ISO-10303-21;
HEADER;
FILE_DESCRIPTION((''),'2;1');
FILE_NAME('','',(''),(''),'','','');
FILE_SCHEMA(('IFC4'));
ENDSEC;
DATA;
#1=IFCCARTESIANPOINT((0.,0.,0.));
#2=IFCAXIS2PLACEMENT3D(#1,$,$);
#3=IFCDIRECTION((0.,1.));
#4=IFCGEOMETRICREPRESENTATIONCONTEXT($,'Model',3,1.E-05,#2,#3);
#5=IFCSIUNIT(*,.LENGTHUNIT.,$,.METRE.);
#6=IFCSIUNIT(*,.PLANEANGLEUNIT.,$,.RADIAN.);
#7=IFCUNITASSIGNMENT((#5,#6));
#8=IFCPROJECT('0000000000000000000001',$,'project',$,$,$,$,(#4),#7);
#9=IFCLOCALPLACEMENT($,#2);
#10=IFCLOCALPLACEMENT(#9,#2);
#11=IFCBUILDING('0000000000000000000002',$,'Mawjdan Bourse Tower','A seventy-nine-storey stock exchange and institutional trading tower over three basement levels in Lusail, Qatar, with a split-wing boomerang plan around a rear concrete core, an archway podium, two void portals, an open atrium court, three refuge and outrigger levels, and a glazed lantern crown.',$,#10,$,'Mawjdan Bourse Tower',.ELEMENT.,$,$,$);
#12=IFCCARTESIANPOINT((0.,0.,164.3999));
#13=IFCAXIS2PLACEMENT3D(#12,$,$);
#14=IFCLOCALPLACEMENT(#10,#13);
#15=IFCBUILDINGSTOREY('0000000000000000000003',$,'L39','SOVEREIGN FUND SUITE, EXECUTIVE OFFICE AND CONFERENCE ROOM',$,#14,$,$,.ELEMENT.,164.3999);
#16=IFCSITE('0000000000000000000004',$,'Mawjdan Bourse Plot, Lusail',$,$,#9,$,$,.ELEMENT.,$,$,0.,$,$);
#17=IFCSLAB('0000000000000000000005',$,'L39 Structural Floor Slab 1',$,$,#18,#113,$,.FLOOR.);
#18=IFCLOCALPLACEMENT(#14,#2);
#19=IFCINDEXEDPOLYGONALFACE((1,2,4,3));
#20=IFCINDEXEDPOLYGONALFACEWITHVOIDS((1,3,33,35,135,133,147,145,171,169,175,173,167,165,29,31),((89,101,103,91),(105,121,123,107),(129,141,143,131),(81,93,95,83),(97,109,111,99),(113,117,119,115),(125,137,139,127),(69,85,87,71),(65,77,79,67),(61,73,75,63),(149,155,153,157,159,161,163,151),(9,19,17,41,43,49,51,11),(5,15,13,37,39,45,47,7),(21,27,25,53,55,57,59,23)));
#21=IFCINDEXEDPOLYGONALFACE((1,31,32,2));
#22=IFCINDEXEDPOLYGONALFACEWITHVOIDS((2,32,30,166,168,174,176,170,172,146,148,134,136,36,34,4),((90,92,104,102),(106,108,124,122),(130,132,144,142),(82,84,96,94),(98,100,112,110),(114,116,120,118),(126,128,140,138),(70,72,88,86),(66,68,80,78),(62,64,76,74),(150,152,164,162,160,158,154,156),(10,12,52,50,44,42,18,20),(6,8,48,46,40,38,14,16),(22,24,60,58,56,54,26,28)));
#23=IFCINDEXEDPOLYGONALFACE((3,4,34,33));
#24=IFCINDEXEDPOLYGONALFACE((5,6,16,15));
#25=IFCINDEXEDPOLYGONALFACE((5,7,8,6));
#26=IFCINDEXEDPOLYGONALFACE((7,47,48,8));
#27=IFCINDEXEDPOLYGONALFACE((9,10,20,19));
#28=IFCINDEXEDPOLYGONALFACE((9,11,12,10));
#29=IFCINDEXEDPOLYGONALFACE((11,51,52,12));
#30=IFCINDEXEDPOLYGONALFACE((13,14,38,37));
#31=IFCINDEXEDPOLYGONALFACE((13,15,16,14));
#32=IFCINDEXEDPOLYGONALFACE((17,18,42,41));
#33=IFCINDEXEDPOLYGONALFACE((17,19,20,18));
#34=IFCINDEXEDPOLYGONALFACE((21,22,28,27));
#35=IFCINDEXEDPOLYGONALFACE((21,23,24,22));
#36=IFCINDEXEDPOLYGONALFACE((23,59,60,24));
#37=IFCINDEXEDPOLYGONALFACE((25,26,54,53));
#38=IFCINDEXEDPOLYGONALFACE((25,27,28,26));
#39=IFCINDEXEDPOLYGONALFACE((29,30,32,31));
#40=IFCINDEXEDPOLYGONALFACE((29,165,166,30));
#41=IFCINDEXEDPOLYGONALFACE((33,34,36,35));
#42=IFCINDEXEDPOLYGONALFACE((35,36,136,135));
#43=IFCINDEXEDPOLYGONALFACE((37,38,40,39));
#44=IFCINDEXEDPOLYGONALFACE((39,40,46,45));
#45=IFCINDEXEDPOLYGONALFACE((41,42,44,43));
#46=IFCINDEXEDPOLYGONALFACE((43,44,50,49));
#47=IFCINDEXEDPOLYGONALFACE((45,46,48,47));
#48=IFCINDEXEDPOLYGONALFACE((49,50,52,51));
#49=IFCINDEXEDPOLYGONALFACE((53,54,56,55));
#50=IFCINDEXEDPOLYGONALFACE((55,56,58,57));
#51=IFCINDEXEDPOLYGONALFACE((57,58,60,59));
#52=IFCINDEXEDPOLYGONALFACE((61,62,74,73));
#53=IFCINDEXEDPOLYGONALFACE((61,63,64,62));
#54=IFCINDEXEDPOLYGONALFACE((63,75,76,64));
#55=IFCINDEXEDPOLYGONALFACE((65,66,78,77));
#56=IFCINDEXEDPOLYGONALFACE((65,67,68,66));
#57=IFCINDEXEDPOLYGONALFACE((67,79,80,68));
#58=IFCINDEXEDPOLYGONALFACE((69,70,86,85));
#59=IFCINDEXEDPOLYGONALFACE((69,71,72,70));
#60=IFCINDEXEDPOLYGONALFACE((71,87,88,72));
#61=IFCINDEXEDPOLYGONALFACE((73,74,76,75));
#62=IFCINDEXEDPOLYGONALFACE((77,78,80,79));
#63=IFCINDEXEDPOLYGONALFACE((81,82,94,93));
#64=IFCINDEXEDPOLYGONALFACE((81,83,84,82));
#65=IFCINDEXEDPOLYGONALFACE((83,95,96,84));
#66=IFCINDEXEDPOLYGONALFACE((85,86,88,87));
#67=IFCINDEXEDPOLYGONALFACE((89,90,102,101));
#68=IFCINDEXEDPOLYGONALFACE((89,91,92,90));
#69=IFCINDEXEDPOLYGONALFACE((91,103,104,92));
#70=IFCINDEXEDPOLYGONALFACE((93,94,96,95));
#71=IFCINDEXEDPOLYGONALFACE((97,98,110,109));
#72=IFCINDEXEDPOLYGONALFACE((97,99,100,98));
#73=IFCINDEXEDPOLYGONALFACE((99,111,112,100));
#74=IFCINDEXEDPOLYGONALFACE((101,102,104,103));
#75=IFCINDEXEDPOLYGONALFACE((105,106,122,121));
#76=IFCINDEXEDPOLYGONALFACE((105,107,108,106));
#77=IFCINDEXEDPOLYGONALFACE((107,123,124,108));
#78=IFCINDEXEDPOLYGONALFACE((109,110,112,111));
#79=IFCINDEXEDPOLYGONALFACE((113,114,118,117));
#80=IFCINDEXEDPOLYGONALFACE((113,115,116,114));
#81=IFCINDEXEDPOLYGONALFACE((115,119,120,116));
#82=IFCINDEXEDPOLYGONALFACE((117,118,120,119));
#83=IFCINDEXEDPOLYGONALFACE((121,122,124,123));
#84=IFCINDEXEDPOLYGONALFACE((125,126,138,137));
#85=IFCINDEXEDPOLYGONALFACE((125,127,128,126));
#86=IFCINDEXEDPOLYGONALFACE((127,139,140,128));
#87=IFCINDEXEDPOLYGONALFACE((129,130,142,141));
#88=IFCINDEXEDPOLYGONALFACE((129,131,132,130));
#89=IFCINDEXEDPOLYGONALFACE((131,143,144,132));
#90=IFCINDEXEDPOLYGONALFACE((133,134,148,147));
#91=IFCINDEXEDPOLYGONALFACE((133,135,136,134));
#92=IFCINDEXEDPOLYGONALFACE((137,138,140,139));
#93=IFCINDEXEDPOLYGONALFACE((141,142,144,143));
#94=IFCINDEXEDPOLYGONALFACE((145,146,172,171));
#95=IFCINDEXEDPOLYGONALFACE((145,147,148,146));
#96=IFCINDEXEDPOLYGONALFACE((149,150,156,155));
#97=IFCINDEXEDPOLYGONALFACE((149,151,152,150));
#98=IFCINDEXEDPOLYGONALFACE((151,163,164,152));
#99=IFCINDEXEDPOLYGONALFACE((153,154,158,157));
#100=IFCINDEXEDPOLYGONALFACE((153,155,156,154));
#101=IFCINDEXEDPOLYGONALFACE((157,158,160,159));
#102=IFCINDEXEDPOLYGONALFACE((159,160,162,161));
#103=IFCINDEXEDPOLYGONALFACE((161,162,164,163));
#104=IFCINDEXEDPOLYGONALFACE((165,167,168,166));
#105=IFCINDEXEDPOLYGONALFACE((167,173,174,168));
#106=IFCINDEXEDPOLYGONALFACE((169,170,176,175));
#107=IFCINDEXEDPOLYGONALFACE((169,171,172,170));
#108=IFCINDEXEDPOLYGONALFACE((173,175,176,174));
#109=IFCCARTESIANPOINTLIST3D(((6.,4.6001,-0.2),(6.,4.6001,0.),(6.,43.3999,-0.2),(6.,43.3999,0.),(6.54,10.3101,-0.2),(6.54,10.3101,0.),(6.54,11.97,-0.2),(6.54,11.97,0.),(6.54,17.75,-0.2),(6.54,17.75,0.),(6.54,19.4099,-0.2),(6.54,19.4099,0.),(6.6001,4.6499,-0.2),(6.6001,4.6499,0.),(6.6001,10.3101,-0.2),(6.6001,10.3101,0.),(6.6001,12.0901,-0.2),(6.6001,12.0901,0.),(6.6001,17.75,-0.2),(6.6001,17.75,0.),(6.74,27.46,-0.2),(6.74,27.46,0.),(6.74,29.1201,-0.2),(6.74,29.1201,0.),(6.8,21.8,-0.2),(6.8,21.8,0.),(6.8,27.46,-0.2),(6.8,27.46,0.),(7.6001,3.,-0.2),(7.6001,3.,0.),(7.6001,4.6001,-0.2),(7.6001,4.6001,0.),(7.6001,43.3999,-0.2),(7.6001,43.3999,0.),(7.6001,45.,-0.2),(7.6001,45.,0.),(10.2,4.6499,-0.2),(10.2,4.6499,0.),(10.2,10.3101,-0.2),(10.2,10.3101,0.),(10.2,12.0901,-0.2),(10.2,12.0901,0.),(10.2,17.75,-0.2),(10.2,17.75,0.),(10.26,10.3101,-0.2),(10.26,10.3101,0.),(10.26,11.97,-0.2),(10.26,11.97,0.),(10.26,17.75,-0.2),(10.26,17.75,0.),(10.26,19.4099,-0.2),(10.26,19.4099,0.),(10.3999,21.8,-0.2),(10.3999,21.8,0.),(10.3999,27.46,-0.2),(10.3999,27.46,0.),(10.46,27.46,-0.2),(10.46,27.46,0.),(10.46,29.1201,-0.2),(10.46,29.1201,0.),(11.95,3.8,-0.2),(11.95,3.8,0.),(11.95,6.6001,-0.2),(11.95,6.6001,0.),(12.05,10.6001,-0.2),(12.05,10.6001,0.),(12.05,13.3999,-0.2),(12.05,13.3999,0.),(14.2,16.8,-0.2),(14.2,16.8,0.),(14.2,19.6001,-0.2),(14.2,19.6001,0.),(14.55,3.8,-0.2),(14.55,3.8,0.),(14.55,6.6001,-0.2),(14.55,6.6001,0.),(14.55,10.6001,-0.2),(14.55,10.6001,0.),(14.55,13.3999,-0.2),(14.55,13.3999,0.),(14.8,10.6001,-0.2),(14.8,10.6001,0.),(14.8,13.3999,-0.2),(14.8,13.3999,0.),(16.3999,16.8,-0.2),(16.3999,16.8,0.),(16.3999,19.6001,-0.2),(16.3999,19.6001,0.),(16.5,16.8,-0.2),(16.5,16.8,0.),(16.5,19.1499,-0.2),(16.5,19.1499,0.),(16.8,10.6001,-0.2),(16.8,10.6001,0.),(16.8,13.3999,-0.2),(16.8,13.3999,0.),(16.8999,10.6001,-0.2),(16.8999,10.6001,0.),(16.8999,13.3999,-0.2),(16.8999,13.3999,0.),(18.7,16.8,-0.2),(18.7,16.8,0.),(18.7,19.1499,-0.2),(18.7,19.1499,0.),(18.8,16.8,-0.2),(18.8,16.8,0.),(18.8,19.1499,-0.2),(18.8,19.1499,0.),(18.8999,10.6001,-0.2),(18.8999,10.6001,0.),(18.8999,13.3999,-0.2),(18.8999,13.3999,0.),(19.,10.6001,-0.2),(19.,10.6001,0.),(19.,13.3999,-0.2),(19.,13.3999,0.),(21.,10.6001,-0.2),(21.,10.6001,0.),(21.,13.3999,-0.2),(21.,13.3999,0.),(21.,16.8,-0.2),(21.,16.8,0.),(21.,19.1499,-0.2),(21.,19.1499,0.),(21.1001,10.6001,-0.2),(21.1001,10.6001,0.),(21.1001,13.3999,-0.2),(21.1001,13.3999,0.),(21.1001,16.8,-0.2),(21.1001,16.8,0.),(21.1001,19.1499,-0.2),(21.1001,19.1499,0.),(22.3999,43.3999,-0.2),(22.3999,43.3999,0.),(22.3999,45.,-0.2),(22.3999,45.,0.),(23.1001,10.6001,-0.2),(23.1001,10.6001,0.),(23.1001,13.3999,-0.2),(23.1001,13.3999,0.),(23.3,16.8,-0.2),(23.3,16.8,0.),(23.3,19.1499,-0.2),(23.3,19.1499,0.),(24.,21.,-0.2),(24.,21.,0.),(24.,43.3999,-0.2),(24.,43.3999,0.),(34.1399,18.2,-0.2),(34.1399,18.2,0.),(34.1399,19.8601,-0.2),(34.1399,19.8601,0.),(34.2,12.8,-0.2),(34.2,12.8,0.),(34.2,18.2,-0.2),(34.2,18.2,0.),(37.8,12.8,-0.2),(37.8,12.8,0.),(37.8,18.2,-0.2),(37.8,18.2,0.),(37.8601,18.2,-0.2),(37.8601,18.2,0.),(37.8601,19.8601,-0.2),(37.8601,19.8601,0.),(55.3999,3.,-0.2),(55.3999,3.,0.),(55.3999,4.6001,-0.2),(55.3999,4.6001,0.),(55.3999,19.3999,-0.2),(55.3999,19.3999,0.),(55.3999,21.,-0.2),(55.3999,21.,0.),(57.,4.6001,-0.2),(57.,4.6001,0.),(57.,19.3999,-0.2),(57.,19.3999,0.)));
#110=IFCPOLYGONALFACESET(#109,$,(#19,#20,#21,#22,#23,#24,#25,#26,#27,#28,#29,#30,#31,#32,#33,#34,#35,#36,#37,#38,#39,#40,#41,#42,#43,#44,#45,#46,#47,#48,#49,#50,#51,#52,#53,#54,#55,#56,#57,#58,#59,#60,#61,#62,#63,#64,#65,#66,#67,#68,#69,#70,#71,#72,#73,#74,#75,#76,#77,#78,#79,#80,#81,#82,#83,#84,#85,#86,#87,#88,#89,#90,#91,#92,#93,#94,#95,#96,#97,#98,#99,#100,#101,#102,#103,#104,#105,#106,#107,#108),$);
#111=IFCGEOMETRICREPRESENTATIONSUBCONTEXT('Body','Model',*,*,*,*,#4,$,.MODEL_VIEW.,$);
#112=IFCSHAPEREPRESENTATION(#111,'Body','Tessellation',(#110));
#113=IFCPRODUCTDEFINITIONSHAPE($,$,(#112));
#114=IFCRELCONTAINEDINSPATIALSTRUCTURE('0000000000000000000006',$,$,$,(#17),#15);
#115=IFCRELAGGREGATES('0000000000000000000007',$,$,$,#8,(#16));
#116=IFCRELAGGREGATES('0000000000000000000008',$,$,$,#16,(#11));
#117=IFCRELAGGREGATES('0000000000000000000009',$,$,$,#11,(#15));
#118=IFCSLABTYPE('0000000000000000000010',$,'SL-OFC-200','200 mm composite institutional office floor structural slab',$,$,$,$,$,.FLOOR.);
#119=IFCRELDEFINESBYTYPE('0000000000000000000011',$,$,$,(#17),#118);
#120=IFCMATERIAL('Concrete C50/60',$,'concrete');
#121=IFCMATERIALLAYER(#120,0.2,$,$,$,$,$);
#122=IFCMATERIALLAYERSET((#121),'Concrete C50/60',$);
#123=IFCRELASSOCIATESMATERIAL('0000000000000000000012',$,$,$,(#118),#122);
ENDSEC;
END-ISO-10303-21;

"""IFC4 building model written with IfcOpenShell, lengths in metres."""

from ifc_helpers import new_model, si_unit, direction, frame, origin, place, context, subcontext, project, spatial, polyline, outline, extrude, material, layer, layer_set, type_object, element, save


model = new_model("IFC4")

# Units and contexts
model_context = context("Model", 3, precision=1e-05, world=origin(), true_north=direction((0.0, 1.0)))
body_context = subcontext(model_context, "Body", "Model", "MODEL_VIEW")
ifc_project = project(units=[si_unit("LENGTHUNIT", "METRE"), si_unit("PLANEANGLEUNIT", "RADIAN")], contexts=[model_context])

# Site, building, storey
site_placement = place(None, origin())
site = spatial("IfcSite", under=ifc_project, at=site_placement, Name="Mawjdan Bourse Plot, Lusail", CompositionType="ELEMENT", RefElevation=0.0)
building_placement = place(site_placement, origin())
building = spatial("IfcBuilding", under=site, at=building_placement, Name="Mawjdan Bourse Tower", Description="A seventy-nine-storey stock exchange and institutional trading tower over three basement levels in Lusail, Qatar, with a split-wing boomerang plan around a rear concrete core, an archway podium, two void portals, an open atrium court, three refuge and outrigger levels, and a glazed lantern crown.", LongName="Mawjdan Bourse Tower", CompositionType="ELEMENT")
storey_placement = place(building_placement, frame((0.0, 0.0, 164.3999)))
storey = spatial("IfcBuildingStorey", under=building, at=storey_placement, Name="L39", Description="SOVEREIGN FUND SUITE, EXECUTIVE OFFICE AND CONFERENCE ROOM", CompositionType="ELEMENT", Elevation=164.3999)

# Shared definitions
ifc_material_1 = material(Name="Concrete C50/60", Category="concrete")

# Slab
ifc_layer_1 = layer(ifc_material_1, 0.2)
ifc_layer_set_1 = layer_set([ifc_layer_1], Name="Concrete C50/60")
slab_type_1 = type_object("IfcSlabType", Name="SL-OFC-200", Description="200 mm composite institutional office floor structural slab", PredefinedType="FLOOR", material=ifc_layer_set_1)
slab_1_placement = place(storey_placement, frame((0.0, 0.0, -0.2)))
element("IfcSlab", 1, at=slab_1_placement, inside=storey, type_object=slab_type_1, Name="L39 Structural Floor Slab 1", PredefinedType="FLOOR", context=body_context, shape_type="SweptSolid", body=[
    extrude(outline(polyline([(7.6001, 3.0), (55.3999, 3.0), (55.3999, 4.6001), (57.0, 4.6001), (57.0, 19.3999), (55.3999, 19.3999), (55.3999, 21.0), (24.0, 21.0), (24.0, 43.3999), (22.3999, 43.3999), (22.3999, 45.0), (7.6001, 45.0), (7.6001, 43.3999), (6.0, 43.3999), (6.0, 4.6001), (7.6001, 4.6001), (7.6001, 3.0)]), holes=[polyline([(11.95, 3.8), (11.95, 6.6001), (14.55, 6.6001), (14.55, 3.8), (11.95, 3.8)]), polyline([(6.6001, 10.3101), (6.54, 10.3101), (6.54, 11.97), (10.26, 11.97), (10.26, 10.3101), (10.2, 10.3101), (10.2, 4.6499), (6.6001, 4.6499), (6.6001, 10.3101)]), polyline([(12.05, 10.6001), (12.05, 13.3999), (14.55, 13.3999), (14.55, 10.6001), (12.05, 10.6001)]), polyline([(6.6001, 17.75), (6.54, 17.75), (6.54, 19.4099), (10.26, 19.4099), (10.26, 17.75), (10.2, 17.75), (10.2, 12.0901), (6.6001, 12.0901), (6.6001, 17.75)]), polyline([(14.2, 16.8), (14.2, 19.6001), (16.3999, 19.6001), (16.3999, 16.8), (14.2, 16.8)]), polyline([(10.46, 27.46), (10.3999, 27.46), (10.3999, 21.8), (6.8, 21.8), (6.8, 27.46), (6.74, 27.46), (6.74, 29.1201), (10.46, 29.1201), (10.46, 27.46)]), polyline([(14.8, 10.6001), (14.8, 13.3999), (16.8, 13.3999), (16.8, 10.6001), (14.8, 10.6001)]), polyline([(16.8999, 10.6001), (16.8999, 13.3999), (18.8999, 13.3999), (18.8999, 10.6001), (16.8999, 10.6001)]), polyline([(19.0, 10.6001), (19.0, 13.3999), (21.0, 13.3999), (21.0, 10.6001), (19.0, 10.6001)]), polyline([(21.1001, 10.6001), (21.1001, 13.3999), (23.1001, 13.3999), (23.1001, 10.6001), (21.1001, 10.6001)]), polyline([(34.2, 18.2), (34.1399, 18.2), (34.1399, 19.8601), (37.8601, 19.8601), (37.8601, 18.2), (37.8, 18.2), (37.8, 12.8), (34.2, 12.8), (34.2, 18.2)]), polyline([(16.5, 16.8), (16.5, 19.1499), (18.7, 19.1499), (18.7, 16.8), (16.5, 16.8)]), polyline([(18.8, 16.8), (18.8, 19.1499), (21.0, 19.1499), (21.0, 16.8), (18.8, 16.8)]), polyline([(21.1001, 19.1499), (23.3, 19.1499), (23.3, 16.8), (21.1001, 16.8), (21.1001, 19.1499)])]), origin(), (0.0, 0.0, 1.0), 0.2),
])

save(model, "model.ifc")
